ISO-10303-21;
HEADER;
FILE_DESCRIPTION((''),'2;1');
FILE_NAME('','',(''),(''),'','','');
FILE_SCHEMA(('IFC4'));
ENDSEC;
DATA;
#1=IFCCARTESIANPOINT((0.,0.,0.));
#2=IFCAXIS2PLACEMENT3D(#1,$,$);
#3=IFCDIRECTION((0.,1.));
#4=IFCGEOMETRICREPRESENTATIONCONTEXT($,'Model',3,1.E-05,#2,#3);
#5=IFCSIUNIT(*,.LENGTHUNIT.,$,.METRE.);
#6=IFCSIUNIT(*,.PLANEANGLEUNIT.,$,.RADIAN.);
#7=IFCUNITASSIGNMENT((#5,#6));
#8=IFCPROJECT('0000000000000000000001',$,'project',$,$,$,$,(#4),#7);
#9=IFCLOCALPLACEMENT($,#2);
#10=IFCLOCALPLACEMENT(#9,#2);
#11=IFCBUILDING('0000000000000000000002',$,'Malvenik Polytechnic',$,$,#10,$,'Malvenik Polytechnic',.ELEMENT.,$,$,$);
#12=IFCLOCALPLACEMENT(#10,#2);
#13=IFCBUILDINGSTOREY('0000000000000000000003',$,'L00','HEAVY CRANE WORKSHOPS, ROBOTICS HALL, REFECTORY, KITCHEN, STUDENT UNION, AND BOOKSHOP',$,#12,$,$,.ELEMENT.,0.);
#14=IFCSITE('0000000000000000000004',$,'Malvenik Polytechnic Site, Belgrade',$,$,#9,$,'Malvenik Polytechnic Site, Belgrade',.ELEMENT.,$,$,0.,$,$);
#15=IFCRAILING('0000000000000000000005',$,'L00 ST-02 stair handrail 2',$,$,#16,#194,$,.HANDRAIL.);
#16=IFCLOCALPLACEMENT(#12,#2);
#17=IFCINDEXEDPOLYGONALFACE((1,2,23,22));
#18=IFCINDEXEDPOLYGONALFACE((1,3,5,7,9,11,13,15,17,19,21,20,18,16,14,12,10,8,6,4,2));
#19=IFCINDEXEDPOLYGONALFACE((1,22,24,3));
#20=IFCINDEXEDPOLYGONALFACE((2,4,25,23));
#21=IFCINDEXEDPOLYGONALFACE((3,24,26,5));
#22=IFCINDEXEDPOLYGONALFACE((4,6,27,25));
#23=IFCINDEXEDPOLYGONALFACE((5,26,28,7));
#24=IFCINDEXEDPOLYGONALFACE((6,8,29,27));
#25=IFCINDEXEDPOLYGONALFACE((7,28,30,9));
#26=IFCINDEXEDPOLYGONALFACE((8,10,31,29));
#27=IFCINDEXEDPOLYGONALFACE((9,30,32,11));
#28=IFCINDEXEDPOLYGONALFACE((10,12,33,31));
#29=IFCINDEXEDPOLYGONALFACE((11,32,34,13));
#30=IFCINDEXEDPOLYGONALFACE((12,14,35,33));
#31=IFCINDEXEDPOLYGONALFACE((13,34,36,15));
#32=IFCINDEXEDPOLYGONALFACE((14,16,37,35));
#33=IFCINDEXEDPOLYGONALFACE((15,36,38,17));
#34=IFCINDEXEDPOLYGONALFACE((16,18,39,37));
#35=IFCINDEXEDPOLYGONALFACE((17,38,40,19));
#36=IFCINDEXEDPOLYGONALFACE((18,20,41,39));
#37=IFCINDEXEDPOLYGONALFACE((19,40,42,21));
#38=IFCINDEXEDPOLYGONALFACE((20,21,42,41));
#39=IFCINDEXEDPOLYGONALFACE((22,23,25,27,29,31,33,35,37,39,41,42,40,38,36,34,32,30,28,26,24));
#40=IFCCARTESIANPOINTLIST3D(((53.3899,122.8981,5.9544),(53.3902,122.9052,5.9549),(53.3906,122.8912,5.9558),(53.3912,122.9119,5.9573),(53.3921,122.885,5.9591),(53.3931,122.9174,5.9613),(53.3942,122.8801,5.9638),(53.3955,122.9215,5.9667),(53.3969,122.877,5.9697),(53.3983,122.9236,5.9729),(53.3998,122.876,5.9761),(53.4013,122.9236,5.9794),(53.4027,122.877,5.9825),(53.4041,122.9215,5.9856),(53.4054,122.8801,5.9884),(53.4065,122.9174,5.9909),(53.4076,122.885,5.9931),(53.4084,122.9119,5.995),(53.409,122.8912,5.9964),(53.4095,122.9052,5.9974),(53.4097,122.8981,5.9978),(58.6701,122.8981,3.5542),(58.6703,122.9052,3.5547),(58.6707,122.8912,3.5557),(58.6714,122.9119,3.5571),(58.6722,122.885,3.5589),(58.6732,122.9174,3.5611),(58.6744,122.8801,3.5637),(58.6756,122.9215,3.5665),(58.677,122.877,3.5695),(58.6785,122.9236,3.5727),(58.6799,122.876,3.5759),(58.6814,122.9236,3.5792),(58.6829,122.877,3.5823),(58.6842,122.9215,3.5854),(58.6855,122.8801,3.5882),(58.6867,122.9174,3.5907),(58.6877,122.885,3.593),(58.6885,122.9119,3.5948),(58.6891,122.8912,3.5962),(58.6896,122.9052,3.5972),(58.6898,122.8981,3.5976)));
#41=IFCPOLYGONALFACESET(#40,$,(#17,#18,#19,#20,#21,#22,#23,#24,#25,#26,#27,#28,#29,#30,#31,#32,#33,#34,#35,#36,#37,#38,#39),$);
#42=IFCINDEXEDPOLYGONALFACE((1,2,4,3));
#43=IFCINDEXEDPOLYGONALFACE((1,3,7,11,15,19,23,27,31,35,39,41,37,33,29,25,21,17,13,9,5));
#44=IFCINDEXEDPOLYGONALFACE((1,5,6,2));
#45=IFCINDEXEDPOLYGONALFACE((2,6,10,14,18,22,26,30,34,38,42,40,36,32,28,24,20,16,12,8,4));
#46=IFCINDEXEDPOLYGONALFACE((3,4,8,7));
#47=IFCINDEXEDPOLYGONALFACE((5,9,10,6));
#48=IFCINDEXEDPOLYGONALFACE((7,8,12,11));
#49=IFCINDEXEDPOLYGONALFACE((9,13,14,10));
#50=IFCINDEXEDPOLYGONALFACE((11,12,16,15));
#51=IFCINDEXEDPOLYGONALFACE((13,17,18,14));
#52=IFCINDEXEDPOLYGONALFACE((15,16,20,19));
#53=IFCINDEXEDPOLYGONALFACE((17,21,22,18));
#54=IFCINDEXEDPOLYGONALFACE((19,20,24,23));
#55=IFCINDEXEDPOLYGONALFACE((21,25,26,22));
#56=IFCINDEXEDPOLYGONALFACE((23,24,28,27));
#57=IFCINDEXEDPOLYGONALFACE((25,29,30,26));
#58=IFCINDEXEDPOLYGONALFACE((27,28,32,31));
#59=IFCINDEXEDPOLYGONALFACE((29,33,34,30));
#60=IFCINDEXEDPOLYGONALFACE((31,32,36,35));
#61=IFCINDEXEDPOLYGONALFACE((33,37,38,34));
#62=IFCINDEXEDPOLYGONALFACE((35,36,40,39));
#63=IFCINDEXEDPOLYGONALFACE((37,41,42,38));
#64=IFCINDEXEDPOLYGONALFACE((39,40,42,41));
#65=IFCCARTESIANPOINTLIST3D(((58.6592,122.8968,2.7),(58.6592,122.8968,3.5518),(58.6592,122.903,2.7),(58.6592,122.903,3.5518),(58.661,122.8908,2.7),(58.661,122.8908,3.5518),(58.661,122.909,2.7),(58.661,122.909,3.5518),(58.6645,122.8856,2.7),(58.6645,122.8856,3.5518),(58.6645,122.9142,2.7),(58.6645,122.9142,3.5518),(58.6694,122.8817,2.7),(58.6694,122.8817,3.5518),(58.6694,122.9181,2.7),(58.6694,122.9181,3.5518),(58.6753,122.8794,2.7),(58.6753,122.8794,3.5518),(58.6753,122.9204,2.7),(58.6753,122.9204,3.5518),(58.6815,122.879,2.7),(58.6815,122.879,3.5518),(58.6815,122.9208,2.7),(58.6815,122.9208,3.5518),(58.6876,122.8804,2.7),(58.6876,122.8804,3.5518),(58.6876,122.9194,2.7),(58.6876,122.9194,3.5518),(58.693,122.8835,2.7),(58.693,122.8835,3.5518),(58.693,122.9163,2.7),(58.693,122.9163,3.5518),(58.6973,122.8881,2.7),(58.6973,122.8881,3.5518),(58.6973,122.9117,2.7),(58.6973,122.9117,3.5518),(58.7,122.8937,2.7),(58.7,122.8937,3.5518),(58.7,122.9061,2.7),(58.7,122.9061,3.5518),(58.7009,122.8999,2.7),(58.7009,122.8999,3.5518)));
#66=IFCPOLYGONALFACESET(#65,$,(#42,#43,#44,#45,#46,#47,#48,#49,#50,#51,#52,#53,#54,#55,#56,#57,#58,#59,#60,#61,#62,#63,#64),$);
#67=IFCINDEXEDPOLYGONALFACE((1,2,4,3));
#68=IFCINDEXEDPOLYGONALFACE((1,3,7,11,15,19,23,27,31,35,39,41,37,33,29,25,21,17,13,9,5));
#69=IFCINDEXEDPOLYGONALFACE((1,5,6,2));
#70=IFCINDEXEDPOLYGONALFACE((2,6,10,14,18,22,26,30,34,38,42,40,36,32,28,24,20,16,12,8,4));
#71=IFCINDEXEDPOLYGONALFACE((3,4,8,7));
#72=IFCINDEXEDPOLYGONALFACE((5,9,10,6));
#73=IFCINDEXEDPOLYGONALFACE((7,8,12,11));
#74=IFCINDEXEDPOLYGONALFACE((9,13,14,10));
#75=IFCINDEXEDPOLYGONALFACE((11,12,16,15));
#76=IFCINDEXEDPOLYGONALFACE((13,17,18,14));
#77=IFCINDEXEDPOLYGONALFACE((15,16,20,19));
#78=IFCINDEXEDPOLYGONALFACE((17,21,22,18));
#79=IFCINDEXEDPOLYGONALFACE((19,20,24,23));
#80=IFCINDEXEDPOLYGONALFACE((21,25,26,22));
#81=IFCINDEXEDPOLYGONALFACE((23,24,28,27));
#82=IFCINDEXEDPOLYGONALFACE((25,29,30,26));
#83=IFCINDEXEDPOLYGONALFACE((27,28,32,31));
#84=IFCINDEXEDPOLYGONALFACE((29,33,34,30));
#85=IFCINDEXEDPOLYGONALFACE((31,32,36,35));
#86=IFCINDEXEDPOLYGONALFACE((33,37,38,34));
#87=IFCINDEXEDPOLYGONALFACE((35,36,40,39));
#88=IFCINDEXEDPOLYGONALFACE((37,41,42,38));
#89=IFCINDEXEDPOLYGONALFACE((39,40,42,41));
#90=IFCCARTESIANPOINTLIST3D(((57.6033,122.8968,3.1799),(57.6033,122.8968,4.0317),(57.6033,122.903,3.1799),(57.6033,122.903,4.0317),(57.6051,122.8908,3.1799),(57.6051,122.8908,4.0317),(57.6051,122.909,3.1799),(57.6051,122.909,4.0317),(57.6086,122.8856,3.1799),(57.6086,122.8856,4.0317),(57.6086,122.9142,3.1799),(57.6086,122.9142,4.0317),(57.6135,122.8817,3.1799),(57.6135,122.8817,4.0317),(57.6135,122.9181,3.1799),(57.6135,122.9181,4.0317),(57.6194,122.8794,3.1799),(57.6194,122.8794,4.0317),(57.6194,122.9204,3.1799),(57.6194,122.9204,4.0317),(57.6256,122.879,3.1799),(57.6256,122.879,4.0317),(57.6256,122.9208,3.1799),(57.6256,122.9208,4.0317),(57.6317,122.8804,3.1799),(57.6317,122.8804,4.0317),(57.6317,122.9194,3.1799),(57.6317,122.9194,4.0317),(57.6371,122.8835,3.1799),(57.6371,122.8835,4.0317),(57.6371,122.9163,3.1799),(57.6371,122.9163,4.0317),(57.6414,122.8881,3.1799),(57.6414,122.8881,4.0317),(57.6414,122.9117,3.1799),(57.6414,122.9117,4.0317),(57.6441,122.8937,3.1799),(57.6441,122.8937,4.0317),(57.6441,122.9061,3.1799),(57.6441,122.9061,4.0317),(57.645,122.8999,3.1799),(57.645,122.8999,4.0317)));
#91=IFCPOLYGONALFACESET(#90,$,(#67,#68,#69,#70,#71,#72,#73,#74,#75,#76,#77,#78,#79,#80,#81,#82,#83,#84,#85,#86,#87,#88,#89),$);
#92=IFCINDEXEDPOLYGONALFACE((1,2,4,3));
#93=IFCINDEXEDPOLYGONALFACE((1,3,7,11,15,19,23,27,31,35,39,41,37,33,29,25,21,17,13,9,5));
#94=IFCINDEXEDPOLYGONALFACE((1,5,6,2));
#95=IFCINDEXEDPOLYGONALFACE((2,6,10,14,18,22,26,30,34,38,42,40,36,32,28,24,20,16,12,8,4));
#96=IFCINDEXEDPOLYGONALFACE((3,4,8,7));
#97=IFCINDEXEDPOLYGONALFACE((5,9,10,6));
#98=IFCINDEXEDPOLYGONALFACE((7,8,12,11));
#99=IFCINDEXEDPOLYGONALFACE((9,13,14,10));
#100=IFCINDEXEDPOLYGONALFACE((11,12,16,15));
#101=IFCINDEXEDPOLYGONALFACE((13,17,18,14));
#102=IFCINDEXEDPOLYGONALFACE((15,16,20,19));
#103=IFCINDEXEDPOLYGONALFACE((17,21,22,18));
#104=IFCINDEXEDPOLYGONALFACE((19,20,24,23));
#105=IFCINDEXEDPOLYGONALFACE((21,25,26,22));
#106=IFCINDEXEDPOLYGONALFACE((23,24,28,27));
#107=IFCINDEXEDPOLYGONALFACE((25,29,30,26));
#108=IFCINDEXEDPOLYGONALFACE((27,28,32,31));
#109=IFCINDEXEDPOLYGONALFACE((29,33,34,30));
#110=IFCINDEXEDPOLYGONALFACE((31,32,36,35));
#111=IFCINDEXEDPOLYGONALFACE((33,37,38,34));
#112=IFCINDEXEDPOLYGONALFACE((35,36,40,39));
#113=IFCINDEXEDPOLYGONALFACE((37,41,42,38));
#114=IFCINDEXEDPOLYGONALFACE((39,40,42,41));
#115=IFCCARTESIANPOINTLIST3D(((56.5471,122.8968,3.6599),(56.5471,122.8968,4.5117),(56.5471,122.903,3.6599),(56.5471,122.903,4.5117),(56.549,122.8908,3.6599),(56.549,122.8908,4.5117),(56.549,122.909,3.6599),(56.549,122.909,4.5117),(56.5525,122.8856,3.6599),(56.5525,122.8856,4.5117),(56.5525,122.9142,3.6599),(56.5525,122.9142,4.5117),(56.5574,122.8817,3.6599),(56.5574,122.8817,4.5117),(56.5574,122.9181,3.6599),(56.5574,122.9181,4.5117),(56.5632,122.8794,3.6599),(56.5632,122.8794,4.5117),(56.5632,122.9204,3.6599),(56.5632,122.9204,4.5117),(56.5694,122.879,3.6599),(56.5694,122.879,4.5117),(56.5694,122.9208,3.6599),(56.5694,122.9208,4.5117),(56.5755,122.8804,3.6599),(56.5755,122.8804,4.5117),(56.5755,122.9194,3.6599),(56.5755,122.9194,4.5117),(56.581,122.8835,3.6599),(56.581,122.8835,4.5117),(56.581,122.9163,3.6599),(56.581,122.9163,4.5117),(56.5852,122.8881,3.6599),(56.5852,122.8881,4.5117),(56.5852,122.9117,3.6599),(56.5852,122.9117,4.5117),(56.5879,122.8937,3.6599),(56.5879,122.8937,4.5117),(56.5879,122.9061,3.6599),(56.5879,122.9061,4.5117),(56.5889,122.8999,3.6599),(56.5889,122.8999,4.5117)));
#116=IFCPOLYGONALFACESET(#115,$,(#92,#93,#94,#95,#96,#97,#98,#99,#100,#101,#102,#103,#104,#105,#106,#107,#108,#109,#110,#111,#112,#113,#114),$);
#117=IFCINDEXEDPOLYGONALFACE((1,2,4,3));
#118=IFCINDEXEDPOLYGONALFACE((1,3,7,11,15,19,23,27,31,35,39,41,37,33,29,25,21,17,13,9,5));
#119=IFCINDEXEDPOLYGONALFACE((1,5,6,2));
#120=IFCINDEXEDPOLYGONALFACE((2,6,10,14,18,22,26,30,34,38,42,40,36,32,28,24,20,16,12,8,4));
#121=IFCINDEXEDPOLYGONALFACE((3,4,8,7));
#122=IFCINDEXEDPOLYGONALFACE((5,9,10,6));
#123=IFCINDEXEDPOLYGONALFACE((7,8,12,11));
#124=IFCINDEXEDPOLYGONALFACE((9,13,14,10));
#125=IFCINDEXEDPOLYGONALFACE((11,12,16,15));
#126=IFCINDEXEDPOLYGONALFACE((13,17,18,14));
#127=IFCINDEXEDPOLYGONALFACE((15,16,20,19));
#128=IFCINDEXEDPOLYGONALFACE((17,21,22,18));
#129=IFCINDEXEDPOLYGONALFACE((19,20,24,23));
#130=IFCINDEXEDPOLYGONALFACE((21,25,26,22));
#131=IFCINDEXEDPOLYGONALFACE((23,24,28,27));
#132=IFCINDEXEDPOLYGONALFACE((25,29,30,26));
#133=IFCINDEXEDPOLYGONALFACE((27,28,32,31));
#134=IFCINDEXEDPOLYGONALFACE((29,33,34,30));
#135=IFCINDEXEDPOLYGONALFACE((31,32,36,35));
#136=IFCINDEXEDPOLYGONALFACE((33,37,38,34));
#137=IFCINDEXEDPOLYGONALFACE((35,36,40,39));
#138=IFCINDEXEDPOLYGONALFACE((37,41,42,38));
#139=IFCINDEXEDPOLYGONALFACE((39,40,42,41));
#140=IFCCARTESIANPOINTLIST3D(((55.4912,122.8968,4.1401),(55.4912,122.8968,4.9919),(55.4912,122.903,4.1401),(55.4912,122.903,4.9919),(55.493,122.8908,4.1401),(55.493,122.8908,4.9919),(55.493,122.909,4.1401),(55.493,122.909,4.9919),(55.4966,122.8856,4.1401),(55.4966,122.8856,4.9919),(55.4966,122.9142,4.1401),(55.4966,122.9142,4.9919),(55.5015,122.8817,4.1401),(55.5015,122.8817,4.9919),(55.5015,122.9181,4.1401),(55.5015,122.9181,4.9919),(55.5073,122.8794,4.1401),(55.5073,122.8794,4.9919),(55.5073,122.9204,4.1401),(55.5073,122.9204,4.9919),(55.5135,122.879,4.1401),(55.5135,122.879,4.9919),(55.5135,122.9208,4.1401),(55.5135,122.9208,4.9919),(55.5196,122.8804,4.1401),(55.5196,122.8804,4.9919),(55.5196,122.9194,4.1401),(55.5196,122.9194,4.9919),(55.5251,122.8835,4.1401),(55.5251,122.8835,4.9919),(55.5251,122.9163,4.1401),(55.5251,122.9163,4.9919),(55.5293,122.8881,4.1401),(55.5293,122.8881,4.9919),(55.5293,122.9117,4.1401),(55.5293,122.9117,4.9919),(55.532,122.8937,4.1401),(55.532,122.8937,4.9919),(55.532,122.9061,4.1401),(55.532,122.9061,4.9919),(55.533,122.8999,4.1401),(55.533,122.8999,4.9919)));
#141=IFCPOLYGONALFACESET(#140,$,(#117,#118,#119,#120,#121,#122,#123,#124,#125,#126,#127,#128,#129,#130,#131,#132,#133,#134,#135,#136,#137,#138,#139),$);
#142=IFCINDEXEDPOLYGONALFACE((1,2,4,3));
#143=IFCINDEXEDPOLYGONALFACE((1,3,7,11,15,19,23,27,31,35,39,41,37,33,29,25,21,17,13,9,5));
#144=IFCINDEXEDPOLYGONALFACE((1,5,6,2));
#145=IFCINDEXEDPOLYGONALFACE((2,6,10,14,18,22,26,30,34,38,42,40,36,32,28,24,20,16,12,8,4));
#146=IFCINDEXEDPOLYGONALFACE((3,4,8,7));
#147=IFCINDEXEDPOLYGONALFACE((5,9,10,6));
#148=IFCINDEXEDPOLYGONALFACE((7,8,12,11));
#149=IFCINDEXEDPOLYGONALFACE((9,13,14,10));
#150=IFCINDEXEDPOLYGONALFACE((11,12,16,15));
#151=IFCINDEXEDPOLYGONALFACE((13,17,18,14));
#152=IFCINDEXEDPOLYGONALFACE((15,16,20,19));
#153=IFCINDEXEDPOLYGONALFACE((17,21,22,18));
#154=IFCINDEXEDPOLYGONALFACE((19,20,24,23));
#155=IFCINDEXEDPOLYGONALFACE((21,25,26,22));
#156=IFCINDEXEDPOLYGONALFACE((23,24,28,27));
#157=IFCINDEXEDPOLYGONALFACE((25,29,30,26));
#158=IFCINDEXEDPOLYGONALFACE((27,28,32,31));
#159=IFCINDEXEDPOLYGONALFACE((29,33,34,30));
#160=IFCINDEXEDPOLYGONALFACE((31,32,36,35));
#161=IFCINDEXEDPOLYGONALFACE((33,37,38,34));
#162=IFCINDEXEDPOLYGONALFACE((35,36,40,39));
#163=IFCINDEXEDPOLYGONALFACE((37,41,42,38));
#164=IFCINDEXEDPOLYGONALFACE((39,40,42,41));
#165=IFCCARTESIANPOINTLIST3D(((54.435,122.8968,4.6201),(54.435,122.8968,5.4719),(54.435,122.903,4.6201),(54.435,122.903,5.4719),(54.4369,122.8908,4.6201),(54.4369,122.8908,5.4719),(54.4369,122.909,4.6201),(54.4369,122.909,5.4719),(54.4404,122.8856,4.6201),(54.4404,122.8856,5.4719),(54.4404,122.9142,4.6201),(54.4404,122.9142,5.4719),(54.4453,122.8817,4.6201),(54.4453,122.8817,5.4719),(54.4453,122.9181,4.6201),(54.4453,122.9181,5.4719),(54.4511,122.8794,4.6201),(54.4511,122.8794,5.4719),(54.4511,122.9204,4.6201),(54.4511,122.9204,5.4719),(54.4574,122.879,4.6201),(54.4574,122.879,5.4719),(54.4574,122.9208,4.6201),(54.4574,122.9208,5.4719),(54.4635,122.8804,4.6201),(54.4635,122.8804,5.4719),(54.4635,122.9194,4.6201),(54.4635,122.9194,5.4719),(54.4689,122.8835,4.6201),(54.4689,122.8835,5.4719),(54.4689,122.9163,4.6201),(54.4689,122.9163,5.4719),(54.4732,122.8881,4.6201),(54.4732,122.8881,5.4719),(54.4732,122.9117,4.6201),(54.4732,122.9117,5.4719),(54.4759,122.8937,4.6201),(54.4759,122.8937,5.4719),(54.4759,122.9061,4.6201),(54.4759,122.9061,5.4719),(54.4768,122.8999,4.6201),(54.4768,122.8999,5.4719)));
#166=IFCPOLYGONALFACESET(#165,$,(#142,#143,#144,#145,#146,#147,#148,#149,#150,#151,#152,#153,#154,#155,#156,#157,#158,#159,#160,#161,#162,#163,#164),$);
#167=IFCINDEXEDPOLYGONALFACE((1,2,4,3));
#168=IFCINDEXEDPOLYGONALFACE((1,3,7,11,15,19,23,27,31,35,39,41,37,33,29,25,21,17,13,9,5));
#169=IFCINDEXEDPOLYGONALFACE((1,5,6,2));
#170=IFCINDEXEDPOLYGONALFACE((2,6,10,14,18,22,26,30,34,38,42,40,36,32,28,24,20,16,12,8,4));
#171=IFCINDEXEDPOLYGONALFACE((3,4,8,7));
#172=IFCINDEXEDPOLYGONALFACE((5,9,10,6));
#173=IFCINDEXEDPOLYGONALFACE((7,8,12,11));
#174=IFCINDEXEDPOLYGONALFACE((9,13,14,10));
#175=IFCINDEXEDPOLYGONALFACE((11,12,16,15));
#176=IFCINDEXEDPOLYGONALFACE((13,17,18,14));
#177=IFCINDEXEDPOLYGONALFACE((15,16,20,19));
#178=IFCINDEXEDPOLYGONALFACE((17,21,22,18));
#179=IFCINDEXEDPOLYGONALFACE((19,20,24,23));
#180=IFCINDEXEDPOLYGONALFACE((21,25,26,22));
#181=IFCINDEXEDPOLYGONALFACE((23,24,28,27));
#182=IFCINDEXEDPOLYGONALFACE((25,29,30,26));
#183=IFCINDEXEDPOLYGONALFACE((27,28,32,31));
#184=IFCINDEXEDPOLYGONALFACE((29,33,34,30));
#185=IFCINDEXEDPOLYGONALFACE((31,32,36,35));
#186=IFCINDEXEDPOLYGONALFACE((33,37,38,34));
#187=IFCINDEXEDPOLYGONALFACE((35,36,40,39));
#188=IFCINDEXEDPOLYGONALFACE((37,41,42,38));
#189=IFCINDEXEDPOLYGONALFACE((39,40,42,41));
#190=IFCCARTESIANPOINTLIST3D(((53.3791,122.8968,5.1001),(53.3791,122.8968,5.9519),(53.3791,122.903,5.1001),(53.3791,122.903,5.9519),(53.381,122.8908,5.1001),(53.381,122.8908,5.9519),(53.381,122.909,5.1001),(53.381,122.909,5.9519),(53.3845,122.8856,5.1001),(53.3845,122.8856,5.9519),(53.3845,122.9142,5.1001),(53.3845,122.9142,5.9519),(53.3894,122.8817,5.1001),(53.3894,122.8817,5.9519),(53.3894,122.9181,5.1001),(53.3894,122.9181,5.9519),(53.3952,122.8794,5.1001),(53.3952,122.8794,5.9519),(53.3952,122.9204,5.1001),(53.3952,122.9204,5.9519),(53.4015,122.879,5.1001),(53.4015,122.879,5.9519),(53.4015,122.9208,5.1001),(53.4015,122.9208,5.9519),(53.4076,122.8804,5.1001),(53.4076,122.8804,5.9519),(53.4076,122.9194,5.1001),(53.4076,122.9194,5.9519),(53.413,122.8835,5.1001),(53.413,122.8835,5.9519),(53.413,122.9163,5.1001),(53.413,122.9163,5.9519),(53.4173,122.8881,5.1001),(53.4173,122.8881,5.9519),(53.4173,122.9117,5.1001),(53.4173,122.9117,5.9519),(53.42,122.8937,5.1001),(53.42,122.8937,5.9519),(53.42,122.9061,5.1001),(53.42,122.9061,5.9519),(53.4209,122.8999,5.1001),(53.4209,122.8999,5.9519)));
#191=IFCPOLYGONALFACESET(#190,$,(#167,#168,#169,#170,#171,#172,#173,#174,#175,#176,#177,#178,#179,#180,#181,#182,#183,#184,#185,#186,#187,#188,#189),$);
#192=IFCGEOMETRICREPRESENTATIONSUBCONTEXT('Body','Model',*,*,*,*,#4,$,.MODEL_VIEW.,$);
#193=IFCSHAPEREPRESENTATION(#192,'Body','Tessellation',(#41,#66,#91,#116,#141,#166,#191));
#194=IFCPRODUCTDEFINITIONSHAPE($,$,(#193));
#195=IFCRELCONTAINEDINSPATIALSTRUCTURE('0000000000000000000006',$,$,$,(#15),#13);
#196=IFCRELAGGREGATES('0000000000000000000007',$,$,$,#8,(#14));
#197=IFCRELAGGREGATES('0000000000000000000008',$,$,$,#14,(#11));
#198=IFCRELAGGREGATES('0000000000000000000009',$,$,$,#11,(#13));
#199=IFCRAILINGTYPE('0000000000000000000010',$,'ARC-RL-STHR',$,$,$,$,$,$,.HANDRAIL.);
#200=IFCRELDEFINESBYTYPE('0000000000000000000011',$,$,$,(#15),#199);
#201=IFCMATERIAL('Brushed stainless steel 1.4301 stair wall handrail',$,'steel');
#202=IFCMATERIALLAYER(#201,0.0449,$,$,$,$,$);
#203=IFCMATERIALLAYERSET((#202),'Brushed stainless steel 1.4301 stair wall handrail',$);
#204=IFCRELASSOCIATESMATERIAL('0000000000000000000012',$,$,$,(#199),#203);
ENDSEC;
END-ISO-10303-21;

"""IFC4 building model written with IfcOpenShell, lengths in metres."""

from ifc_helpers import new_model, si_unit, direction, frame, origin, origin_2d, place, context, subcontext, project, spatial, circle, extrude, material, layer, layer_set, type_object, element, save


model = new_model("IFC4")

# Units and contexts
model_context = context("Model", 3, precision=1e-05, world=origin(), true_north=direction((0.0, 1.0)))
body_context = subcontext(model_context, "Body", "Model", "MODEL_VIEW")
ifc_project = project(units=[si_unit("LENGTHUNIT", "METRE"), si_unit("PLANEANGLEUNIT", "RADIAN")], contexts=[model_context])

# Site, building, storey
site_placement = place(None, origin())
site = spatial("IfcSite", under=ifc_project, at=site_placement, Name="Malvenik Polytechnic Site, Belgrade", LongName="Malvenik Polytechnic Site, Belgrade", CompositionType="ELEMENT", RefElevation=0.0)
building_placement = place(site_placement, origin())
building = spatial("IfcBuilding", under=site, at=building_placement, Name="Malvenik Polytechnic", LongName="Malvenik Polytechnic", CompositionType="ELEMENT")
storey_placement = place(building_placement, origin())
storey = spatial("IfcBuildingStorey", under=building, at=storey_placement, Name="L00", Description="HEAVY CRANE WORKSHOPS, ROBOTICS HALL, REFECTORY, KITCHEN, STUDENT UNION, AND BOOKSHOP", CompositionType="ELEMENT", Elevation=0.0)

# Railing
ifc_material_1 = material(Name="Brushed stainless steel 1.4301 stair wall handrail", Category="steel")
ifc_layer_1 = layer(ifc_material_1, 0.0449)
ifc_layer_set_1 = layer_set([ifc_layer_1], Name="Brushed stainless steel 1.4301 stair wall handrail")
railing_type_1 = type_object("IfcRailingType", Name="ARC-RL-STHR", PredefinedType="HANDRAIL", material=ifc_layer_set_1)
railing_1_placement = place(storey_placement, frame((58.6799, 122.8999, 2.7)))
element("IfcRailing", 1, at=railing_1_placement, inside=storey, type_object=railing_type_1, Name="L00 ST-02 stair handrail 2", PredefinedType="HANDRAIL", context=body_context, shape_type="SweptSolid", body=[
    extrude(circle(Radius=0.0239, at=origin_2d()), frame((0.0, 0.0, 0.876), z_axis=(-0.910358, 0.0, 0.413822), x_axis=(0.0, -1.0, 0.0)), (0.0, 0.0, 1.0), 5.8),
    extrude(circle(Radius=0.021, at=origin_2d()), origin(), (0.0, 0.0, 1.0), 0.8518),
    extrude(circle(Radius=0.021, at=origin_2d()), frame((-1.0559, 0.0, 0.48)), (0.0, 0.0, 1.0), 0.8518),
    extrude(circle(Radius=0.021, at=origin_2d()), frame((-2.1121, 0.0, 0.96)), (0.0, 0.0, 1.0), 0.8518),
    extrude(circle(Radius=0.021, at=origin_2d()), frame((-3.168, 0.0, 1.4402)), (0.0, 0.0, 1.0), 0.8518),
    extrude(circle(Radius=0.021, at=origin_2d()), frame((-4.2241, 0.0, 1.9202)), (0.0, 0.0, 1.0), 0.8518),
    extrude(circle(Radius=0.021, at=origin_2d()), frame((-5.28, 0.0, 2.4001)), (0.0, 0.0, 1.0), 0.8518),
])

save(model, "model.ifc")
